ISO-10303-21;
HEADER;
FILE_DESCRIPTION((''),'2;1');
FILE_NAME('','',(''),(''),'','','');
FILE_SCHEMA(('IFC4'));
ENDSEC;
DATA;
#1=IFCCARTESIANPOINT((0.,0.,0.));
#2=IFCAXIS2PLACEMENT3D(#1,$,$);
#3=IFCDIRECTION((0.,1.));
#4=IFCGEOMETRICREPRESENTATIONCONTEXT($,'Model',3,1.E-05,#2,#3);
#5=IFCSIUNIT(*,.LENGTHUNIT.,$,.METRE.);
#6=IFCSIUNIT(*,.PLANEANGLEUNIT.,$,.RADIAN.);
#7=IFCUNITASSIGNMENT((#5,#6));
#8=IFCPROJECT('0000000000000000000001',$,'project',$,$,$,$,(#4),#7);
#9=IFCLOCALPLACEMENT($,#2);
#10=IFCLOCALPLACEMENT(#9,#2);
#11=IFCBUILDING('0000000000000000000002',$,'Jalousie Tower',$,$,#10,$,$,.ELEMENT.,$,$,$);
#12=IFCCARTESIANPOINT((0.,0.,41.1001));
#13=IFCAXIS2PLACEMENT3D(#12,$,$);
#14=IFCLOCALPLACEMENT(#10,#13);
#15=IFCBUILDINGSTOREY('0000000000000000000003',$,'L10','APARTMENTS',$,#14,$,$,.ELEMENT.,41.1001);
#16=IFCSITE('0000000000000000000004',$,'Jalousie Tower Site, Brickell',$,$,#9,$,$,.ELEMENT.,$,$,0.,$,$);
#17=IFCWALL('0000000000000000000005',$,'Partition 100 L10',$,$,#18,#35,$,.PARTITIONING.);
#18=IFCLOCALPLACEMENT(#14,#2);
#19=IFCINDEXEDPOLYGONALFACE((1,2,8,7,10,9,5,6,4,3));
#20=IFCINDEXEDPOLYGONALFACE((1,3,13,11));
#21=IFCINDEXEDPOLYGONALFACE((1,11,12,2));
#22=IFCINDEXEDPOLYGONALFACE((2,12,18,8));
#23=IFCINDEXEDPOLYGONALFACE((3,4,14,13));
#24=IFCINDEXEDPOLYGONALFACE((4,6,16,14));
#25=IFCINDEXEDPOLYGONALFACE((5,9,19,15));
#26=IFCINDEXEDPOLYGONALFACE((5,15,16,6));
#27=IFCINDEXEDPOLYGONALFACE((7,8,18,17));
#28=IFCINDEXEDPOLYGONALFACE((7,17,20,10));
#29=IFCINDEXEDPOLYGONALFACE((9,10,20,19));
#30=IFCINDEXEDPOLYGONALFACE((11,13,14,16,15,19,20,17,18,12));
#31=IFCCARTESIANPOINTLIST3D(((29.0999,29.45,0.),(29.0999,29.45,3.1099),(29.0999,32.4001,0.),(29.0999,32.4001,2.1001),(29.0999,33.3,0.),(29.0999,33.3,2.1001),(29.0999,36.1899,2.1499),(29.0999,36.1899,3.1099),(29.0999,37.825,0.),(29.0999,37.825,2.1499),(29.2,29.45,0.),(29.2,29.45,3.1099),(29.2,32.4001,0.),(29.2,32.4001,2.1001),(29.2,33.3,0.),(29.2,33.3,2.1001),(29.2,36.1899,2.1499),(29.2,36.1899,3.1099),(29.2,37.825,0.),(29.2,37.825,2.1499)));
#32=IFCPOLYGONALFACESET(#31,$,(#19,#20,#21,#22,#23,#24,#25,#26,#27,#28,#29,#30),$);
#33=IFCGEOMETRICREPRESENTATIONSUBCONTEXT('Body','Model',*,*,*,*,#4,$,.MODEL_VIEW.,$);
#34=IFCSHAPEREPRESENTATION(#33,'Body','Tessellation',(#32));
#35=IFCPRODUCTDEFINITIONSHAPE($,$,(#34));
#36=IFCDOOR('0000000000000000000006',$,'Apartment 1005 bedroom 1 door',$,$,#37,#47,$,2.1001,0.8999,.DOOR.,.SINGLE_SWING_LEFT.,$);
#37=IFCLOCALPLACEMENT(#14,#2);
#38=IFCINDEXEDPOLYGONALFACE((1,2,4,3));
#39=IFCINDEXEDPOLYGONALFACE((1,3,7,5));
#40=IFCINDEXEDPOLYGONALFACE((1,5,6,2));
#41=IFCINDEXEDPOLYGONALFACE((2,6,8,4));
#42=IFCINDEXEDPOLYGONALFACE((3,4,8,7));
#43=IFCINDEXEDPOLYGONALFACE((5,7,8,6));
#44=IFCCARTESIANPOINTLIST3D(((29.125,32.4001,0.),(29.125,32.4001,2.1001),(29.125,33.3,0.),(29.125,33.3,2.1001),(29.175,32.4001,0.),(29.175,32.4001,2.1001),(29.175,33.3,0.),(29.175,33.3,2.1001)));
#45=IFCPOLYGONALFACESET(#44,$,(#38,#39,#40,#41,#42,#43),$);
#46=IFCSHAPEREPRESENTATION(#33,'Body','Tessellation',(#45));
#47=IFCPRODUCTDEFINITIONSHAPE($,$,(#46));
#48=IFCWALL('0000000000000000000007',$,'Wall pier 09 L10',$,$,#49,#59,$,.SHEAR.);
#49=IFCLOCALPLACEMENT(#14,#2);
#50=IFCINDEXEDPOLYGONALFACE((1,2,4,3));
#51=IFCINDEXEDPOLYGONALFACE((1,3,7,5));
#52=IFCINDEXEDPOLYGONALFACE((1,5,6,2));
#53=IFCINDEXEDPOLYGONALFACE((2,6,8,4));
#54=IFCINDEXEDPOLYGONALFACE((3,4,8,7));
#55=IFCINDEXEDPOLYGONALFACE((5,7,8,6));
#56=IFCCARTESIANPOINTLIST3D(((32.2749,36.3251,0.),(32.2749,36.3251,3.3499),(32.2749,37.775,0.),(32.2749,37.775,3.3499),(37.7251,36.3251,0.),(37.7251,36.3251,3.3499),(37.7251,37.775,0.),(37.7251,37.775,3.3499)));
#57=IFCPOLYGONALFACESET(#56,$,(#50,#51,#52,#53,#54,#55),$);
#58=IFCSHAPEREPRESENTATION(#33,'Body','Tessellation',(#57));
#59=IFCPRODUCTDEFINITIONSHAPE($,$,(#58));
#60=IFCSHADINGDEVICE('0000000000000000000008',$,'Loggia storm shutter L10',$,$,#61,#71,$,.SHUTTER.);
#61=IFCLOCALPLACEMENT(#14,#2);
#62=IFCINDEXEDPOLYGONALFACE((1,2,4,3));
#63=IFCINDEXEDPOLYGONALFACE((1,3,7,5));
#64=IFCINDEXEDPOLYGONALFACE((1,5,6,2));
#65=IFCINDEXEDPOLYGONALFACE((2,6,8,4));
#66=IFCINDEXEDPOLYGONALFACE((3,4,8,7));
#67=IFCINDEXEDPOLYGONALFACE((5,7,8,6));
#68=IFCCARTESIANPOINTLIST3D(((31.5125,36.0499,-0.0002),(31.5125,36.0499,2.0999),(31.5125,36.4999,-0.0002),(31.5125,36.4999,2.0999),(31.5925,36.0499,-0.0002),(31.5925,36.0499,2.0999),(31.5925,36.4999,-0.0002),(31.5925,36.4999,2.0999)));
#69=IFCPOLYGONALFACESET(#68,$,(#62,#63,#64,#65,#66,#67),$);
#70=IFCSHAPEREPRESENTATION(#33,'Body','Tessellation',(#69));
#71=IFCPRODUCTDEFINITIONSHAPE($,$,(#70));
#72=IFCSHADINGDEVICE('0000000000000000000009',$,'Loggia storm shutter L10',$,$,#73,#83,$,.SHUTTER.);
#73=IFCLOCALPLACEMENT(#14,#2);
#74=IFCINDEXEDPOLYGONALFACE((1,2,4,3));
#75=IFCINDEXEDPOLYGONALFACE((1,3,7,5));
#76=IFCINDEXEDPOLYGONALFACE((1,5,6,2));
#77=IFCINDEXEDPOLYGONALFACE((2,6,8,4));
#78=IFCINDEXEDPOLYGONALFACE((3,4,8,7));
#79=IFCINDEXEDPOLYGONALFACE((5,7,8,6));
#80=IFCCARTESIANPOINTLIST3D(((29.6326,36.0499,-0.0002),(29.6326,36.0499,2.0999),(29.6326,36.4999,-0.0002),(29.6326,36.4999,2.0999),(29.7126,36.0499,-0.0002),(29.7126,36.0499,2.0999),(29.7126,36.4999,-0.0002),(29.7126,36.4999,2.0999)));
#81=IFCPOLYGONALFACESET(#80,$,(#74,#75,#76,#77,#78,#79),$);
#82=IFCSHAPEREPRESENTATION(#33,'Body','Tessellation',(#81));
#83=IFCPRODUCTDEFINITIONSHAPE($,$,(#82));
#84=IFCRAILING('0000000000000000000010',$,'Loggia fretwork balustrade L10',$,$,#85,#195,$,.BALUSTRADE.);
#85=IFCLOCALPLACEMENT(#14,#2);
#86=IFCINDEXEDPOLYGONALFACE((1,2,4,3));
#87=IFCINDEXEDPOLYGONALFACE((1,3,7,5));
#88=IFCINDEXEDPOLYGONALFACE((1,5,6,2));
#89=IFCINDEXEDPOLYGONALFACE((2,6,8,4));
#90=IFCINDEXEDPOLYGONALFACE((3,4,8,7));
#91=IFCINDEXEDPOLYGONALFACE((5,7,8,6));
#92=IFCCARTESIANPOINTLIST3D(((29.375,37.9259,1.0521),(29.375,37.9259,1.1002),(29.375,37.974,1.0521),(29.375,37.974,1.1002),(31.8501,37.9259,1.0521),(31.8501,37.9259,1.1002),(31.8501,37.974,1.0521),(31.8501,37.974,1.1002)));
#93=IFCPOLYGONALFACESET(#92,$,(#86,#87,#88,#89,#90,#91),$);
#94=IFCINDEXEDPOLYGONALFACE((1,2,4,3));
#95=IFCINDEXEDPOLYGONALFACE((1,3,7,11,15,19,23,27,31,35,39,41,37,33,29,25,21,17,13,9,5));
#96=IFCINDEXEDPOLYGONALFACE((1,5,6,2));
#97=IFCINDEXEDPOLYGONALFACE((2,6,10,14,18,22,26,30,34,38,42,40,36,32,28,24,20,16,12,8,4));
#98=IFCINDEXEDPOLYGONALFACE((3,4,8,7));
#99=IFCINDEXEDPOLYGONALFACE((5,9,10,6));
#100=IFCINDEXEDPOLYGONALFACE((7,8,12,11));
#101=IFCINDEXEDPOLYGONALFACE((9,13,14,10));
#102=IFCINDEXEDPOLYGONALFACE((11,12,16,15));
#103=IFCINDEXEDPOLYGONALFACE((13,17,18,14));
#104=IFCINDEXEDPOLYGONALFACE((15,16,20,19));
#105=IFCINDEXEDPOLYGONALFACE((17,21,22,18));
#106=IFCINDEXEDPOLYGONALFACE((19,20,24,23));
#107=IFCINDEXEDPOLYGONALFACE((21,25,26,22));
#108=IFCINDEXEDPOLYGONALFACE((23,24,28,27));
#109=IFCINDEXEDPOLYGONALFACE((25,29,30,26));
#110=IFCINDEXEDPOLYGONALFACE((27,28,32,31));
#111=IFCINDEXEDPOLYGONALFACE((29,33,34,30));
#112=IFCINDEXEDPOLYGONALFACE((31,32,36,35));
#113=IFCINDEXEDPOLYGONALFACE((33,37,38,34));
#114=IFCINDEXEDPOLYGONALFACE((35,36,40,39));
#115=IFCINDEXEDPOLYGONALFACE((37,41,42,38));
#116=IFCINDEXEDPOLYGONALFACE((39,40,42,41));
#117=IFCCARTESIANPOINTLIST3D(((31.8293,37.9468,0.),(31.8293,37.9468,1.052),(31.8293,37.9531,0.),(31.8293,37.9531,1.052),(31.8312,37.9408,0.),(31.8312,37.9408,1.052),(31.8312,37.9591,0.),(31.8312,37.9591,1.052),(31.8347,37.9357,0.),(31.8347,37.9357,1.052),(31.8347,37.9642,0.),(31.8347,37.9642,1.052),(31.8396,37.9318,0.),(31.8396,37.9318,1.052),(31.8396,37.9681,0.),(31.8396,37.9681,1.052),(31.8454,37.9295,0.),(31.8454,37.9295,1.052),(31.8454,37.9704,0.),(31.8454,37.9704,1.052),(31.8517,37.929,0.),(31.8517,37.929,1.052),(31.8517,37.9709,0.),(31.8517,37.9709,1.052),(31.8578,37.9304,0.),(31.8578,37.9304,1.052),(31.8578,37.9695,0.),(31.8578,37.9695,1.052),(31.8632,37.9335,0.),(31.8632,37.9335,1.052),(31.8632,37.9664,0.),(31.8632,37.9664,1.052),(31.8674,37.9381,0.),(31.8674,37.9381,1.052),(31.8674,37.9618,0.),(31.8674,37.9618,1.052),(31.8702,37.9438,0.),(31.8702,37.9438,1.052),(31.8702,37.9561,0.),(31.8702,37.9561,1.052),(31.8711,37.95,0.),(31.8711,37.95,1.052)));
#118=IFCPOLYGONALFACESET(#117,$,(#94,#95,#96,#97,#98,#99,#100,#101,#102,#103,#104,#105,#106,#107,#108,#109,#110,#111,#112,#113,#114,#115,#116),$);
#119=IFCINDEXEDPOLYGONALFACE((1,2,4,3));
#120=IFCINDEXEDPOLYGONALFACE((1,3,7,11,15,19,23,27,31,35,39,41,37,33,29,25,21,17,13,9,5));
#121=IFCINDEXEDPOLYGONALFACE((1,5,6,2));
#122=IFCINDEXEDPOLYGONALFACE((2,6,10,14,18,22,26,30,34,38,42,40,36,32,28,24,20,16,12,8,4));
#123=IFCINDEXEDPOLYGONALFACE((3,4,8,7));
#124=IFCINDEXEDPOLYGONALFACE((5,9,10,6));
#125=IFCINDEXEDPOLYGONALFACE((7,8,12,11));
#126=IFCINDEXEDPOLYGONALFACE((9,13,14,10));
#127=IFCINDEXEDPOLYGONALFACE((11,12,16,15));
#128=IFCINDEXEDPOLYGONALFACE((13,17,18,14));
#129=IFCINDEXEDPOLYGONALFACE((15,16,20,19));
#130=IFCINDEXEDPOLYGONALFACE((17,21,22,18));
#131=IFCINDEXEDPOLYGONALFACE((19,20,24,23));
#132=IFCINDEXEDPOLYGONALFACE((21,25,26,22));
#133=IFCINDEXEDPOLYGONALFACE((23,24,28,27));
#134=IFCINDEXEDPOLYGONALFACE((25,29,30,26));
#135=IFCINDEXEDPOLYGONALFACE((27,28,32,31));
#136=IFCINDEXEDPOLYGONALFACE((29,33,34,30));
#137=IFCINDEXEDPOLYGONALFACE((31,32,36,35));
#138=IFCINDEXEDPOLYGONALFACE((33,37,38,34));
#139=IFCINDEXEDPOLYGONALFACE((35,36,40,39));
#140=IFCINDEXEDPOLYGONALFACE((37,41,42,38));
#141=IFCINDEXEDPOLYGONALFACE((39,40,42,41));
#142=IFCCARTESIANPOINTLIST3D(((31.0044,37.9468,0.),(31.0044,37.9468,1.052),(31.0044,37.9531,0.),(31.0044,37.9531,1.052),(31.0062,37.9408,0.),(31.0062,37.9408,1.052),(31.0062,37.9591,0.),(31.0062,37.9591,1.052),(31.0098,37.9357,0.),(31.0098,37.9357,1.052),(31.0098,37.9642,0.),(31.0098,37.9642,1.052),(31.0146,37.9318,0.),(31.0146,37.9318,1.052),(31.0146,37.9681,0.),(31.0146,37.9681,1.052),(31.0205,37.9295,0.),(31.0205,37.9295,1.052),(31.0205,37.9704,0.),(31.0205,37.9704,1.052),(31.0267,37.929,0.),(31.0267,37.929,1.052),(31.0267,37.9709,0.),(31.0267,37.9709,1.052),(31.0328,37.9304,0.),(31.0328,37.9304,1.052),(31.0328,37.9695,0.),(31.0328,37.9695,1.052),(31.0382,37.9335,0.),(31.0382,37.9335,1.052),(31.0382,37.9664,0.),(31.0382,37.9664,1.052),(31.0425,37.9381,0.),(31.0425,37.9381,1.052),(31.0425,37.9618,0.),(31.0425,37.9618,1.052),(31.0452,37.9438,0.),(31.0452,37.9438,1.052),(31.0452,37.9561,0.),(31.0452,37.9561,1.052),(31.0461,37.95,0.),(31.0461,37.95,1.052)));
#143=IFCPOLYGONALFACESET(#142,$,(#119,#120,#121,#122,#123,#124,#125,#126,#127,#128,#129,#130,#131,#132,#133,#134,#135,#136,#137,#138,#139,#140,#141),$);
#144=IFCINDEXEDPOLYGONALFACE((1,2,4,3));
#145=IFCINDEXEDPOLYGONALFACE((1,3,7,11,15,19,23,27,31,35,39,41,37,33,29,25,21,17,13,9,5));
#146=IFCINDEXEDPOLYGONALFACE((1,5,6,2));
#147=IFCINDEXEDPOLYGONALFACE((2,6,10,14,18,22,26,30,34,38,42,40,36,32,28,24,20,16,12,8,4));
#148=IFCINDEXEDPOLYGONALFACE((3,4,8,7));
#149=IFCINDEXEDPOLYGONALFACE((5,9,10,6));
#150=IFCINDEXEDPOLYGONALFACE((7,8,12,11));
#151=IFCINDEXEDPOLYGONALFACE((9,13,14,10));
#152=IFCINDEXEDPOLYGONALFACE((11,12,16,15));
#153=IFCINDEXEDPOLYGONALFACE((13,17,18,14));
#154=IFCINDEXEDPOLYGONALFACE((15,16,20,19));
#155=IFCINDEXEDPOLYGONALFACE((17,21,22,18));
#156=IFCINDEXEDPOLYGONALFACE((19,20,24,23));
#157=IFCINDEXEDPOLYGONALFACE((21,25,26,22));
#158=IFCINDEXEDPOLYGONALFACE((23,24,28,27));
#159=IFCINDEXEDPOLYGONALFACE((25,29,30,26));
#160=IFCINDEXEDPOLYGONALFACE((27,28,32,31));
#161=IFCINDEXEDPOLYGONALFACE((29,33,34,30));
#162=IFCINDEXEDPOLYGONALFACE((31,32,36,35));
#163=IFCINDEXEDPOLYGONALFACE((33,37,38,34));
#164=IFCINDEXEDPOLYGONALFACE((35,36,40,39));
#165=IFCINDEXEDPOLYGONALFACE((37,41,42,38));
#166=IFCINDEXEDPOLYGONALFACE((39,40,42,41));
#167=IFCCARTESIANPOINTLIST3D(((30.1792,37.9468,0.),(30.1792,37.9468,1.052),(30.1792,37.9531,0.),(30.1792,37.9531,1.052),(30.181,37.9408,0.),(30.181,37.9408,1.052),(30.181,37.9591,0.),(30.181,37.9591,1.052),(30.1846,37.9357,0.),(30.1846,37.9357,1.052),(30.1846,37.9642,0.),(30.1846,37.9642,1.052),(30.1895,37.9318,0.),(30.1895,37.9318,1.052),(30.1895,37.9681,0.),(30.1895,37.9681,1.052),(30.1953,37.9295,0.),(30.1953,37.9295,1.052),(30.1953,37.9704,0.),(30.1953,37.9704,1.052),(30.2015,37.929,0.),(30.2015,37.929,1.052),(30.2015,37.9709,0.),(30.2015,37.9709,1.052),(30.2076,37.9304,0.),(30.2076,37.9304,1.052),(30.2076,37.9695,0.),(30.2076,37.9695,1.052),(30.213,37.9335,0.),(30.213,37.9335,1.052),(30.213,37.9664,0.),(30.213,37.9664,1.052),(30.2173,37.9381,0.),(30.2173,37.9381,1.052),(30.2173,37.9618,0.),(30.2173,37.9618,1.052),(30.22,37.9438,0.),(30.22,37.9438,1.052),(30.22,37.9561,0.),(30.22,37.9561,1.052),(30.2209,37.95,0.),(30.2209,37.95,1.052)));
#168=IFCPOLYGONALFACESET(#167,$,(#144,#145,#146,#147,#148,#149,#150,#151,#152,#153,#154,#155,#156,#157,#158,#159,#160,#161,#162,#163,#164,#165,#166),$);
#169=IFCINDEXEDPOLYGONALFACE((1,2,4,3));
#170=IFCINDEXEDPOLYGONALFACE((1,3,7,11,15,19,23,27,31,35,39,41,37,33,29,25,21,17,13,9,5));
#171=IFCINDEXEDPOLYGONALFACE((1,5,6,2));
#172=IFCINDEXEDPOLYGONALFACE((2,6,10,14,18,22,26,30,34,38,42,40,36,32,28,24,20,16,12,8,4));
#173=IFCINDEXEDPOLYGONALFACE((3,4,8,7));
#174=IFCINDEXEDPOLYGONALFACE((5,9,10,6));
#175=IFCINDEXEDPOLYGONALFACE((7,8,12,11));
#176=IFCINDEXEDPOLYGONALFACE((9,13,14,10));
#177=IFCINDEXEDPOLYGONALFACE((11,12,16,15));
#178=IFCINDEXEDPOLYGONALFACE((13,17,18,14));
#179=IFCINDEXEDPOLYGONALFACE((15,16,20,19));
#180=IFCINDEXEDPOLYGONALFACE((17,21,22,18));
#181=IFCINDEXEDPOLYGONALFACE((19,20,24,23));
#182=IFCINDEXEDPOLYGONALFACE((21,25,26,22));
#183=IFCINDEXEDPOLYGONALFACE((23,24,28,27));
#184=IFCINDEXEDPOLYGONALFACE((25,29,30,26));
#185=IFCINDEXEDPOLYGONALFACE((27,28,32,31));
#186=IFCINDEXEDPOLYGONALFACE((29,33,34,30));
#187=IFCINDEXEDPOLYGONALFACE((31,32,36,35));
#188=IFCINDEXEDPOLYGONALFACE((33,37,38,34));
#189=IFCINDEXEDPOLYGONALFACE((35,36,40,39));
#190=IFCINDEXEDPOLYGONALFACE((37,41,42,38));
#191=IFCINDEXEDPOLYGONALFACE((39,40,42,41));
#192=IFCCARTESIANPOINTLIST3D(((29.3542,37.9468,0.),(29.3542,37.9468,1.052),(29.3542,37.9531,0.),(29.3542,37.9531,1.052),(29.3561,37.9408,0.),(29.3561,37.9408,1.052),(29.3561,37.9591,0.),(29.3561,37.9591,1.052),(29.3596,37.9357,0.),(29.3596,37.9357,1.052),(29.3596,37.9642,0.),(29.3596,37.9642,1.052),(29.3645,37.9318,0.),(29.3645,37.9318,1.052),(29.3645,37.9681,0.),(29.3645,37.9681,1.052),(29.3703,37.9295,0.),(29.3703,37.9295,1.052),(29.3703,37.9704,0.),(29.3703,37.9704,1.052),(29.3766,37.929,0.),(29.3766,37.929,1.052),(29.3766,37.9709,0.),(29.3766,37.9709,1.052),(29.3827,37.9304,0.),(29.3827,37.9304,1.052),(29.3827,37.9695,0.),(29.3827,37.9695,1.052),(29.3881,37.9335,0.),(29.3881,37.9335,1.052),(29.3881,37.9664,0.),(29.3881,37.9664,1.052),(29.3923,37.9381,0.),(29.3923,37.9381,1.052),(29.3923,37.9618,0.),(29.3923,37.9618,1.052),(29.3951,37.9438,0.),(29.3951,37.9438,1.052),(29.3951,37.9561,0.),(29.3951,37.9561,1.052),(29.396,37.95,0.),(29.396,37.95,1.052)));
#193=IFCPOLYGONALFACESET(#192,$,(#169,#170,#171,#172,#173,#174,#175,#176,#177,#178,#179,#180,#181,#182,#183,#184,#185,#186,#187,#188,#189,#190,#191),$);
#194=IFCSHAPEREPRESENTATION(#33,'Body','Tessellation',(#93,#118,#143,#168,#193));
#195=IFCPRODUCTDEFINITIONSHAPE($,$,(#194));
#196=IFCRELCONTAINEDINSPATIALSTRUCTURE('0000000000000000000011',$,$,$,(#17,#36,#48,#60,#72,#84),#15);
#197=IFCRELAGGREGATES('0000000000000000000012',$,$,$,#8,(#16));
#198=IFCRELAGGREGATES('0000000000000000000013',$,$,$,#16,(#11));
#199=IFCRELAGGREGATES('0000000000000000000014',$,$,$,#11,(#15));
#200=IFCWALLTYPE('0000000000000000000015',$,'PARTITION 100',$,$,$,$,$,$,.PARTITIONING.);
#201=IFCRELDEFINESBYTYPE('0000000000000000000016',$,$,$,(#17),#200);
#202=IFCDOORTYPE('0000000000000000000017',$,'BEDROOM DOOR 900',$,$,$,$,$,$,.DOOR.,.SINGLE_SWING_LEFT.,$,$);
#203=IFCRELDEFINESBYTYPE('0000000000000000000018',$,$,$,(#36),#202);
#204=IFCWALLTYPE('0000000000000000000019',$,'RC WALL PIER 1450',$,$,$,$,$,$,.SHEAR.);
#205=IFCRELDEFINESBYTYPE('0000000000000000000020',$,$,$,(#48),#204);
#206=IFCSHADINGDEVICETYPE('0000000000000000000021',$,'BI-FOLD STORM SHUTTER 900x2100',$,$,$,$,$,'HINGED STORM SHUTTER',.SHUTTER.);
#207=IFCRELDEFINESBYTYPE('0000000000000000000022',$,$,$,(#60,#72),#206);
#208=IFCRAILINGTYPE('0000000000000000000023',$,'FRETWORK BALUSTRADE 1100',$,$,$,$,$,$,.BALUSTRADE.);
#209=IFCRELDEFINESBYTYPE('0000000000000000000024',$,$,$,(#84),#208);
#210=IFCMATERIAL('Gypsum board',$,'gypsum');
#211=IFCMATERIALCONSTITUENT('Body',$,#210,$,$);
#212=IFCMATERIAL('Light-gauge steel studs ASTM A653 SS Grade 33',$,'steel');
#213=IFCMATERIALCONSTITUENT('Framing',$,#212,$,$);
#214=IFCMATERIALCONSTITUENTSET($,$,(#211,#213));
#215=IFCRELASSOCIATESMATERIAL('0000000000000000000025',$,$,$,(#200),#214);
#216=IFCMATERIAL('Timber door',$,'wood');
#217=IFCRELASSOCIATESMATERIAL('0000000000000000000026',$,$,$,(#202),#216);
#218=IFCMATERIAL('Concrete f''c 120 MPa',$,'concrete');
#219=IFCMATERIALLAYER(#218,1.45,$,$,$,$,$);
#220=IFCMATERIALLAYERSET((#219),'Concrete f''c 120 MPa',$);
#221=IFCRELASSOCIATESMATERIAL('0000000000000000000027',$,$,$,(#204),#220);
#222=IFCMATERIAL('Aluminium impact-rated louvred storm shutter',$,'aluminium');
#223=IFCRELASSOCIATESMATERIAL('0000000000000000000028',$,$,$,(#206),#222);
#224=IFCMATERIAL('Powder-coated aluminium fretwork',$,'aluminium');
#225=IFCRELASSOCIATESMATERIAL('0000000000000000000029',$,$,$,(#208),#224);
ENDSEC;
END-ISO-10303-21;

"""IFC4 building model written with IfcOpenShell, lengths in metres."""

from ifc_helpers import new_model, si_unit, direction, frame, frame_2d, origin, origin_2d, place, context, subcontext, project, spatial, polyline, rectangle, circle, outline, extrude, material, layer, layer_set, constituent, constituent_set, type_object, element, fill, save


model = new_model("IFC4")

# Units and contexts
model_context = context("Model", 3, precision=1e-05, world=origin(), true_north=direction((0.0, 1.0)))
body_context = subcontext(model_context, "Body", "Model", "MODEL_VIEW")
ifc_project = project(units=[si_unit("LENGTHUNIT", "METRE"), si_unit("PLANEANGLEUNIT", "RADIAN")], contexts=[model_context])

# Site, building, storey
site_placement = place(None, origin())
site = spatial("IfcSite", under=ifc_project, at=site_placement, Name="Jalousie Tower Site, Brickell", CompositionType="ELEMENT", RefElevation=0.0)
building_placement = place(site_placement, origin())
building = spatial("IfcBuilding", under=site, at=building_placement, Name="Jalousie Tower", CompositionType="ELEMENT")
storey_placement = place(building_placement, frame((0.0, 0.0, 41.1001)))
storey = spatial("IfcBuildingStorey", under=building, at=storey_placement, Name="L10", Description="APARTMENTS", CompositionType="ELEMENT", Elevation=41.1001)

# Wall, opening, door
ifc_material_1 = material(Name="Gypsum board", Category="gypsum")
ifc_constituent_1 = constituent(ifc_material_1, Name="Body")
ifc_material_2 = material(Name="Light-gauge steel studs ASTM A653 SS Grade 33", Category="steel")
ifc_constituent_2 = constituent(ifc_material_2, Name="Framing")
ifc_constituent_set_1 = constituent_set(constituents=[ifc_constituent_1, ifc_constituent_2])
wall_type_1 = type_object("IfcWallType", Name="PARTITION 100", PredefinedType="PARTITIONING", material=ifc_constituent_set_1)
wall_1_placement = place(storey_placement, frame((29.1499, 37.825, 0.0), z_axis=(0.0, 0.0, 1.0), x_axis=(0.0, -1.0, 0.0)))
wall_1 = element("IfcWall", 1, at=wall_1_placement, inside=storey, type_object=wall_type_1, Name="Partition 100 L10", PredefinedType="PARTITIONING", context=body_context, shape_type="SweptSolid", body=[
    extrude(outline(polyline([(0.0, 0.0), (8.375, 0.0), (8.375, 3.1099), (1.635, 3.1099), (1.635, 2.1499), (0.0, 2.1499), (0.0, 3.1099), (0.0, 0.0)])), frame((0.0, 0.05, 0.0), z_axis=(0.0, -1.0, 0.0), x_axis=(1.0, 0.0, 0.0)), (0.0, 0.0, 1.0), 0.1001),
])
opening_1_placement = place(wall_1_placement, frame((4.5249, 0.0, 0.0)))
opening_1 = element("IfcOpeningElement", 2, at=opening_1_placement, cuts=wall_1, PredefinedType="OPENING", context=body_context, shape_type="SweptSolid", body=[
    extrude(rectangle(XDim=0.8999, YDim=2.1001, at=frame_2d((0.45, 1.05))), frame((0.0, 0.0601, 0.0), z_axis=(0.0, -1.0, 0.0), x_axis=(1.0, 0.0, 0.0)), (0.0, 0.0, 1.0), 0.1201),
])
ifc_material_3 = material(Name="Timber door", Category="wood")
door_type = type_object("IfcDoorType", Name="BEDROOM DOOR 900", OperationType="SINGLE_SWING_LEFT", PredefinedType="DOOR", material=ifc_material_3)
door_placement = place(opening_1_placement, frame((0.8999, 0.0, 0.0), z_axis=(0.0, 0.0, 1.0), x_axis=(-1.0, 0.0, 0.0)))
door = element("IfcDoor", 3, at=door_placement, inside=storey, type_object=door_type, Name="Apartment 1005 bedroom 1 door", OperationType="SINGLE_SWING_LEFT", OverallHeight=2.1001, OverallWidth=0.8999, PredefinedType="DOOR", context=body_context, shape_type="SweptSolid", body=[
    extrude(rectangle(XDim=0.8999, YDim=2.1001, at=frame_2d((0.45, 1.05))), frame((0.0, 0.0249, 0.0), z_axis=(0.0, -1.0, 0.0), x_axis=(1.0, 0.0, 0.0)), (0.0, 0.0, 1.0), 0.05),
])
fill(opening_1, door)

# Wall
ifc_material_4 = material(Name="Concrete f'c 120 MPa", Category="concrete")
ifc_layer_1 = layer(ifc_material_4, 1.45)
ifc_layer_set_1 = layer_set([ifc_layer_1], Name="Concrete f'c 120 MPa")
wall_type_2 = type_object("IfcWallType", Name="RC WALL PIER 1450", PredefinedType="SHEAR", material=ifc_layer_set_1)
wall_2_placement = place(storey_placement, frame((32.2749, 37.05, 0.0), z_axis=(0.0, 0.0, 1.0), x_axis=(1.0, 0.0, 0.0)))
element("IfcWall", 4, at=wall_2_placement, inside=storey, type_object=wall_type_2, Name="Wall pier 09 L10", PredefinedType="SHEAR", context=body_context, shape_type="SweptSolid", body=[
    extrude(rectangle(XDim=5.4502, YDim=1.45, at=frame_2d((2.7251, 0.0))), origin(), (0.0, 0.0, 1.0), 3.3499),
])

# Shading devices
ifc_material_5 = material(Name="Aluminium impact-rated louvred storm shutter", Category="aluminium")
shading_device_type_1 = type_object("IfcShadingDeviceType", Name="BI-FOLD STORM SHUTTER 900x2100", ElementType="HINGED STORM SHUTTER", PredefinedType="SHUTTER", material=ifc_material_5)
for number, where, z_axis, x_axis, name in (
    (5, (31.5525, 36.2749, -0.0002), (0.0, 0.0, 1.0), (0.0, -1.0, 0.0), "Loggia storm shutter L10"),
    (6, (29.6726, 36.2749, -0.0002), (0.0, 0.0, 1.0), (0.0, -1.0, 0.0), "Loggia storm shutter L10"),
):
    element("IfcShadingDevice", number, at=place(storey_placement, frame(where, z_axis=z_axis, x_axis=x_axis)), inside=storey, type_object=shading_device_type_1, Name=name, PredefinedType="SHUTTER", context=body_context, shape_type="SweptSolid", body=[
        extrude(rectangle(XDim=0.45, YDim=0.0801, at=origin_2d()), origin(), (0.0, 0.0, 1.0), 2.1001),
    ])

# Railing
ifc_material_6 = material(Name="Powder-coated aluminium fretwork", Category="aluminium")
railing_type = type_object("IfcRailingType", Name="FRETWORK BALUSTRADE 1100", PredefinedType="BALUSTRADE", material=ifc_material_6)
railing_placement = place(storey_placement, frame((31.8501, 37.95, 0.0)))
element("IfcRailing", 7, at=railing_placement, inside=storey, type_object=railing_type, Name="Loggia fretwork balustrade L10", PredefinedType="BALUSTRADE", context=body_context, shape_type="SweptSolid", body=[
    extrude(rectangle(XDim=0.0481, YDim=0.0481, at=origin_2d()), frame((0.0, 0.0, 1.0762), z_axis=(-1.0, 0.0, 0.0), x_axis=(0.0, -1.0, 0.0)), (0.0, 0.0, 1.0), 2.4751),
    extrude(circle(Radius=0.021, at=origin_2d()), origin(), (0.0, 0.0, 1.0), 1.052),
    extrude(circle(Radius=0.021, at=origin_2d()), frame((-0.825, 0.0, 0.0)), (0.0, 0.0, 1.0), 1.052),
    extrude(circle(Radius=0.021, at=origin_2d()), frame((-1.6501, 0.0, 0.0)), (0.0, 0.0, 1.0), 1.052),
    extrude(circle(Radius=0.021, at=origin_2d()), frame((-2.4751, 0.0, 0.0)), (0.0, 0.0, 1.0), 1.052),
])

save(model, "model.ifc")
